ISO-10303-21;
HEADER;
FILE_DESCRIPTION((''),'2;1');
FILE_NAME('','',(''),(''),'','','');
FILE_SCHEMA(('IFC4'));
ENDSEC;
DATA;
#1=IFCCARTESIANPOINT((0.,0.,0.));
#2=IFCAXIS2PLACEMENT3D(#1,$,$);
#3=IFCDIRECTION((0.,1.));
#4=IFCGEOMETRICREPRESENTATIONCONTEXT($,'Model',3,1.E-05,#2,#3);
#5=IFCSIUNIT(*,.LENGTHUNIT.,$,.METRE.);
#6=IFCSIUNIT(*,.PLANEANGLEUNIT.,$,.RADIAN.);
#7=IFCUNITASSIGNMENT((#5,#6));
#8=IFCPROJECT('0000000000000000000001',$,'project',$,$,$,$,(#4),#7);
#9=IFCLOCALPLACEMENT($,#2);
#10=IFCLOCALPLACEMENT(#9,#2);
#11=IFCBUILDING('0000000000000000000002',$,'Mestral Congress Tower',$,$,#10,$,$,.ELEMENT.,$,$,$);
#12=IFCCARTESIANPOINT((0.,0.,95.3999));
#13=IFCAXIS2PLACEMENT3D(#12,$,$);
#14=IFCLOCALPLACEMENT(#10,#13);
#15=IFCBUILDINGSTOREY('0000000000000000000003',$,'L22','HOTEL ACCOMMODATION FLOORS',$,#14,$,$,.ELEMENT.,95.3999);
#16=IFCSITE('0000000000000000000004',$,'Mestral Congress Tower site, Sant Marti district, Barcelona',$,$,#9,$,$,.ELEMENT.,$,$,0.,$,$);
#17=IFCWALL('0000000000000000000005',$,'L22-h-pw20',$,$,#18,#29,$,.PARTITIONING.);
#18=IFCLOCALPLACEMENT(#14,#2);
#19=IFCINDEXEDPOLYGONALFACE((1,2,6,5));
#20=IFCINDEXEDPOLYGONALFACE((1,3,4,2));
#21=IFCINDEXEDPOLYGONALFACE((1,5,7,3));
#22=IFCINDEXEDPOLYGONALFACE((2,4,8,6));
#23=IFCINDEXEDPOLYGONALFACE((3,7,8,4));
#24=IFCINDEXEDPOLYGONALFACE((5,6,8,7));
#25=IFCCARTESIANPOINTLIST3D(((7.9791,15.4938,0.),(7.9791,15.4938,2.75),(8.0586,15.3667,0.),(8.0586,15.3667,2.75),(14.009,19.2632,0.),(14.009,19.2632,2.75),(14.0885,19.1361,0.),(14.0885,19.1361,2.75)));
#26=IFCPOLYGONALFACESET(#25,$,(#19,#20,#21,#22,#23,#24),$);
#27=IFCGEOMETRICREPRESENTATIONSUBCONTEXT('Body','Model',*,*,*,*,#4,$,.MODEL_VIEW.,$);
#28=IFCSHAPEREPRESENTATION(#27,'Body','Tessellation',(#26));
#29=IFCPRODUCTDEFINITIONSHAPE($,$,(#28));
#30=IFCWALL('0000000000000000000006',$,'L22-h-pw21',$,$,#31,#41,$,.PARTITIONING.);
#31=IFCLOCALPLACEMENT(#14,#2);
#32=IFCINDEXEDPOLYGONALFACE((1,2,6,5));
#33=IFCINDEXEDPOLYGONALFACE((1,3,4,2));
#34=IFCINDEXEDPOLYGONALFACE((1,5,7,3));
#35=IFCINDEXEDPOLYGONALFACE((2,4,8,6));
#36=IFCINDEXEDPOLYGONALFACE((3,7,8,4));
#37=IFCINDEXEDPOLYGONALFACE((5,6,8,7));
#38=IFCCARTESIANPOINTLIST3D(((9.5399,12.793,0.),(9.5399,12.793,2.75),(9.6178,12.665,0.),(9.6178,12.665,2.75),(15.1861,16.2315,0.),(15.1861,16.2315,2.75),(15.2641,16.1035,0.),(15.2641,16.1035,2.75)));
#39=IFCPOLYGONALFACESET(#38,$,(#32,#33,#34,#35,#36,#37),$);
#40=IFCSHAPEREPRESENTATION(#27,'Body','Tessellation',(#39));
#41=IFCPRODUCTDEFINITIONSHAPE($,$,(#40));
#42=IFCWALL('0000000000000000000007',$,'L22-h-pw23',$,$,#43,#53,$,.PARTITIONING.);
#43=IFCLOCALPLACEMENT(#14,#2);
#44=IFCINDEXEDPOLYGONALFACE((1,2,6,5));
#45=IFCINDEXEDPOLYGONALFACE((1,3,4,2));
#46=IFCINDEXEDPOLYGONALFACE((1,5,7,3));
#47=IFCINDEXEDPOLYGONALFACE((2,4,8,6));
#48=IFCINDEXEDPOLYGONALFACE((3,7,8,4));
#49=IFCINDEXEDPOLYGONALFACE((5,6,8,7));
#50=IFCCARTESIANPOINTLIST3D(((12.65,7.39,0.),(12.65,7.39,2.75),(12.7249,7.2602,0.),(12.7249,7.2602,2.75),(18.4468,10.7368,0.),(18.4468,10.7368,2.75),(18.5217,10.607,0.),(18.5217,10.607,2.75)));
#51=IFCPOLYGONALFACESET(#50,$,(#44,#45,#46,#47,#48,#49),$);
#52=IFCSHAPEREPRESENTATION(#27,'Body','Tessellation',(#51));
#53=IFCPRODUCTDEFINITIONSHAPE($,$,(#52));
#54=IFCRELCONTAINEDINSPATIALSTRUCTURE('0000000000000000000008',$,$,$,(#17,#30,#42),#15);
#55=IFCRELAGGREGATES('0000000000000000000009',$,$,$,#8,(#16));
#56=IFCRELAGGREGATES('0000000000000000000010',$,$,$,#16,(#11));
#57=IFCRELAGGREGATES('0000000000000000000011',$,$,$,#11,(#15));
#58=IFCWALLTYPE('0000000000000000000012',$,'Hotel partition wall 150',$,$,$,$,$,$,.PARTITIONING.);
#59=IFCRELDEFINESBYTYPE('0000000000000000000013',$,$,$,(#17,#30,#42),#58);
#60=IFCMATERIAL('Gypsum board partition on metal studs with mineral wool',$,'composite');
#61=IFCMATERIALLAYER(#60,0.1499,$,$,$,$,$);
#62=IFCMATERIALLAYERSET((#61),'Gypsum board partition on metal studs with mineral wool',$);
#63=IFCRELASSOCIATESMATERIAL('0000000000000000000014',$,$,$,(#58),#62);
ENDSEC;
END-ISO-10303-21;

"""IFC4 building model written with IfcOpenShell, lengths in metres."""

from ifc_helpers import new_model, si_unit, direction, frame, frame_2d, origin, place, context, subcontext, project, spatial, rectangle, extrude, material, layer, layer_set, type_object, element, save


model = new_model("IFC4")

# Units and contexts
model_context = context("Model", 3, precision=1e-05, world=origin(), true_north=direction((0.0, 1.0)))
body_context = subcontext(model_context, "Body", "Model", "MODEL_VIEW")
ifc_project = project(units=[si_unit("LENGTHUNIT", "METRE"), si_unit("PLANEANGLEUNIT", "RADIAN")], contexts=[model_context])

# Site, building, storey
site_placement = place(None, origin())
site = spatial("IfcSite", under=ifc_project, at=site_placement, Name="Mestral Congress Tower site, Sant Marti district, Barcelona", CompositionType="ELEMENT", RefElevation=0.0)
building_placement = place(site_placement, origin())
building = spatial("IfcBuilding", under=site, at=building_placement, Name="Mestral Congress Tower", CompositionType="ELEMENT")
storey_placement = place(building_placement, frame((0.0, 0.0, 95.3999)))
storey = spatial("IfcBuildingStorey", under=building, at=storey_placement, Name="L22", Description="HOTEL ACCOMMODATION FLOORS", CompositionType="ELEMENT", Elevation=95.3999)

# Walls
ifc_material_1 = material(Name="Gypsum board partition on metal studs with mineral wool", Category="composite")
ifc_layer_1 = layer(ifc_material_1, 0.1499)
ifc_layer_set_1 = layer_set([ifc_layer_1], Name="Gypsum board partition on metal studs with mineral wool")
wall_type_1 = type_object("IfcWallType", Name="Hotel partition wall 150", PredefinedType="PARTITIONING", material=ifc_layer_set_1)
wall_1_placement = place(storey_placement, frame((14.0488, 19.1997, 0.0), z_axis=(0.0, 0.0, 1.0), x_axis=(-0.847956, -0.530067, 0.0)))
element("IfcWall", 1, at=wall_1_placement, inside=storey, type_object=wall_type_1, Name="L22-h-pw20", PredefinedType="PARTITIONING", context=body_context, shape_type="SweptSolid", body=[
    extrude(rectangle(XDim=7.1111, YDim=0.1499, at=frame_2d((3.5557, 0.0))), origin(), (0.0, 0.0, 1.0), 2.75),
])
wall_2_placement = place(storey_placement, frame((15.2251, 16.1675, 0.0), z_axis=(0.0, 0.0, 1.0), x_axis=(-0.854089, -0.520127, 0.0)))
element("IfcWall", 2, at=wall_2_placement, inside=storey, type_object=wall_type_1, Name="L22-h-pw21", PredefinedType="PARTITIONING", context=body_context, shape_type="SweptSolid", body=[
    extrude(rectangle(XDim=6.6108, YDim=0.1499, at=frame_2d((3.3054, 0.0))), origin(), (0.0, 0.0, 1.0), 2.75),
])
wall_3_placement = place(storey_placement, frame((18.4841, 10.6719, 0.0), z_axis=(0.0, 0.0, 1.0), x_axis=(-0.866019, -0.500011, 0.0)))
element("IfcWall", 3, at=wall_3_placement, inside=storey, type_object=wall_type_1, Name="L22-h-pw23", PredefinedType="PARTITIONING", context=body_context, shape_type="SweptSolid", body=[
    extrude(rectangle(XDim=6.6936, YDim=0.1499, at=frame_2d((3.3467, 0.0))), origin(), (0.0, 0.0, 1.0), 2.75),
])

save(model, "model.ifc")
